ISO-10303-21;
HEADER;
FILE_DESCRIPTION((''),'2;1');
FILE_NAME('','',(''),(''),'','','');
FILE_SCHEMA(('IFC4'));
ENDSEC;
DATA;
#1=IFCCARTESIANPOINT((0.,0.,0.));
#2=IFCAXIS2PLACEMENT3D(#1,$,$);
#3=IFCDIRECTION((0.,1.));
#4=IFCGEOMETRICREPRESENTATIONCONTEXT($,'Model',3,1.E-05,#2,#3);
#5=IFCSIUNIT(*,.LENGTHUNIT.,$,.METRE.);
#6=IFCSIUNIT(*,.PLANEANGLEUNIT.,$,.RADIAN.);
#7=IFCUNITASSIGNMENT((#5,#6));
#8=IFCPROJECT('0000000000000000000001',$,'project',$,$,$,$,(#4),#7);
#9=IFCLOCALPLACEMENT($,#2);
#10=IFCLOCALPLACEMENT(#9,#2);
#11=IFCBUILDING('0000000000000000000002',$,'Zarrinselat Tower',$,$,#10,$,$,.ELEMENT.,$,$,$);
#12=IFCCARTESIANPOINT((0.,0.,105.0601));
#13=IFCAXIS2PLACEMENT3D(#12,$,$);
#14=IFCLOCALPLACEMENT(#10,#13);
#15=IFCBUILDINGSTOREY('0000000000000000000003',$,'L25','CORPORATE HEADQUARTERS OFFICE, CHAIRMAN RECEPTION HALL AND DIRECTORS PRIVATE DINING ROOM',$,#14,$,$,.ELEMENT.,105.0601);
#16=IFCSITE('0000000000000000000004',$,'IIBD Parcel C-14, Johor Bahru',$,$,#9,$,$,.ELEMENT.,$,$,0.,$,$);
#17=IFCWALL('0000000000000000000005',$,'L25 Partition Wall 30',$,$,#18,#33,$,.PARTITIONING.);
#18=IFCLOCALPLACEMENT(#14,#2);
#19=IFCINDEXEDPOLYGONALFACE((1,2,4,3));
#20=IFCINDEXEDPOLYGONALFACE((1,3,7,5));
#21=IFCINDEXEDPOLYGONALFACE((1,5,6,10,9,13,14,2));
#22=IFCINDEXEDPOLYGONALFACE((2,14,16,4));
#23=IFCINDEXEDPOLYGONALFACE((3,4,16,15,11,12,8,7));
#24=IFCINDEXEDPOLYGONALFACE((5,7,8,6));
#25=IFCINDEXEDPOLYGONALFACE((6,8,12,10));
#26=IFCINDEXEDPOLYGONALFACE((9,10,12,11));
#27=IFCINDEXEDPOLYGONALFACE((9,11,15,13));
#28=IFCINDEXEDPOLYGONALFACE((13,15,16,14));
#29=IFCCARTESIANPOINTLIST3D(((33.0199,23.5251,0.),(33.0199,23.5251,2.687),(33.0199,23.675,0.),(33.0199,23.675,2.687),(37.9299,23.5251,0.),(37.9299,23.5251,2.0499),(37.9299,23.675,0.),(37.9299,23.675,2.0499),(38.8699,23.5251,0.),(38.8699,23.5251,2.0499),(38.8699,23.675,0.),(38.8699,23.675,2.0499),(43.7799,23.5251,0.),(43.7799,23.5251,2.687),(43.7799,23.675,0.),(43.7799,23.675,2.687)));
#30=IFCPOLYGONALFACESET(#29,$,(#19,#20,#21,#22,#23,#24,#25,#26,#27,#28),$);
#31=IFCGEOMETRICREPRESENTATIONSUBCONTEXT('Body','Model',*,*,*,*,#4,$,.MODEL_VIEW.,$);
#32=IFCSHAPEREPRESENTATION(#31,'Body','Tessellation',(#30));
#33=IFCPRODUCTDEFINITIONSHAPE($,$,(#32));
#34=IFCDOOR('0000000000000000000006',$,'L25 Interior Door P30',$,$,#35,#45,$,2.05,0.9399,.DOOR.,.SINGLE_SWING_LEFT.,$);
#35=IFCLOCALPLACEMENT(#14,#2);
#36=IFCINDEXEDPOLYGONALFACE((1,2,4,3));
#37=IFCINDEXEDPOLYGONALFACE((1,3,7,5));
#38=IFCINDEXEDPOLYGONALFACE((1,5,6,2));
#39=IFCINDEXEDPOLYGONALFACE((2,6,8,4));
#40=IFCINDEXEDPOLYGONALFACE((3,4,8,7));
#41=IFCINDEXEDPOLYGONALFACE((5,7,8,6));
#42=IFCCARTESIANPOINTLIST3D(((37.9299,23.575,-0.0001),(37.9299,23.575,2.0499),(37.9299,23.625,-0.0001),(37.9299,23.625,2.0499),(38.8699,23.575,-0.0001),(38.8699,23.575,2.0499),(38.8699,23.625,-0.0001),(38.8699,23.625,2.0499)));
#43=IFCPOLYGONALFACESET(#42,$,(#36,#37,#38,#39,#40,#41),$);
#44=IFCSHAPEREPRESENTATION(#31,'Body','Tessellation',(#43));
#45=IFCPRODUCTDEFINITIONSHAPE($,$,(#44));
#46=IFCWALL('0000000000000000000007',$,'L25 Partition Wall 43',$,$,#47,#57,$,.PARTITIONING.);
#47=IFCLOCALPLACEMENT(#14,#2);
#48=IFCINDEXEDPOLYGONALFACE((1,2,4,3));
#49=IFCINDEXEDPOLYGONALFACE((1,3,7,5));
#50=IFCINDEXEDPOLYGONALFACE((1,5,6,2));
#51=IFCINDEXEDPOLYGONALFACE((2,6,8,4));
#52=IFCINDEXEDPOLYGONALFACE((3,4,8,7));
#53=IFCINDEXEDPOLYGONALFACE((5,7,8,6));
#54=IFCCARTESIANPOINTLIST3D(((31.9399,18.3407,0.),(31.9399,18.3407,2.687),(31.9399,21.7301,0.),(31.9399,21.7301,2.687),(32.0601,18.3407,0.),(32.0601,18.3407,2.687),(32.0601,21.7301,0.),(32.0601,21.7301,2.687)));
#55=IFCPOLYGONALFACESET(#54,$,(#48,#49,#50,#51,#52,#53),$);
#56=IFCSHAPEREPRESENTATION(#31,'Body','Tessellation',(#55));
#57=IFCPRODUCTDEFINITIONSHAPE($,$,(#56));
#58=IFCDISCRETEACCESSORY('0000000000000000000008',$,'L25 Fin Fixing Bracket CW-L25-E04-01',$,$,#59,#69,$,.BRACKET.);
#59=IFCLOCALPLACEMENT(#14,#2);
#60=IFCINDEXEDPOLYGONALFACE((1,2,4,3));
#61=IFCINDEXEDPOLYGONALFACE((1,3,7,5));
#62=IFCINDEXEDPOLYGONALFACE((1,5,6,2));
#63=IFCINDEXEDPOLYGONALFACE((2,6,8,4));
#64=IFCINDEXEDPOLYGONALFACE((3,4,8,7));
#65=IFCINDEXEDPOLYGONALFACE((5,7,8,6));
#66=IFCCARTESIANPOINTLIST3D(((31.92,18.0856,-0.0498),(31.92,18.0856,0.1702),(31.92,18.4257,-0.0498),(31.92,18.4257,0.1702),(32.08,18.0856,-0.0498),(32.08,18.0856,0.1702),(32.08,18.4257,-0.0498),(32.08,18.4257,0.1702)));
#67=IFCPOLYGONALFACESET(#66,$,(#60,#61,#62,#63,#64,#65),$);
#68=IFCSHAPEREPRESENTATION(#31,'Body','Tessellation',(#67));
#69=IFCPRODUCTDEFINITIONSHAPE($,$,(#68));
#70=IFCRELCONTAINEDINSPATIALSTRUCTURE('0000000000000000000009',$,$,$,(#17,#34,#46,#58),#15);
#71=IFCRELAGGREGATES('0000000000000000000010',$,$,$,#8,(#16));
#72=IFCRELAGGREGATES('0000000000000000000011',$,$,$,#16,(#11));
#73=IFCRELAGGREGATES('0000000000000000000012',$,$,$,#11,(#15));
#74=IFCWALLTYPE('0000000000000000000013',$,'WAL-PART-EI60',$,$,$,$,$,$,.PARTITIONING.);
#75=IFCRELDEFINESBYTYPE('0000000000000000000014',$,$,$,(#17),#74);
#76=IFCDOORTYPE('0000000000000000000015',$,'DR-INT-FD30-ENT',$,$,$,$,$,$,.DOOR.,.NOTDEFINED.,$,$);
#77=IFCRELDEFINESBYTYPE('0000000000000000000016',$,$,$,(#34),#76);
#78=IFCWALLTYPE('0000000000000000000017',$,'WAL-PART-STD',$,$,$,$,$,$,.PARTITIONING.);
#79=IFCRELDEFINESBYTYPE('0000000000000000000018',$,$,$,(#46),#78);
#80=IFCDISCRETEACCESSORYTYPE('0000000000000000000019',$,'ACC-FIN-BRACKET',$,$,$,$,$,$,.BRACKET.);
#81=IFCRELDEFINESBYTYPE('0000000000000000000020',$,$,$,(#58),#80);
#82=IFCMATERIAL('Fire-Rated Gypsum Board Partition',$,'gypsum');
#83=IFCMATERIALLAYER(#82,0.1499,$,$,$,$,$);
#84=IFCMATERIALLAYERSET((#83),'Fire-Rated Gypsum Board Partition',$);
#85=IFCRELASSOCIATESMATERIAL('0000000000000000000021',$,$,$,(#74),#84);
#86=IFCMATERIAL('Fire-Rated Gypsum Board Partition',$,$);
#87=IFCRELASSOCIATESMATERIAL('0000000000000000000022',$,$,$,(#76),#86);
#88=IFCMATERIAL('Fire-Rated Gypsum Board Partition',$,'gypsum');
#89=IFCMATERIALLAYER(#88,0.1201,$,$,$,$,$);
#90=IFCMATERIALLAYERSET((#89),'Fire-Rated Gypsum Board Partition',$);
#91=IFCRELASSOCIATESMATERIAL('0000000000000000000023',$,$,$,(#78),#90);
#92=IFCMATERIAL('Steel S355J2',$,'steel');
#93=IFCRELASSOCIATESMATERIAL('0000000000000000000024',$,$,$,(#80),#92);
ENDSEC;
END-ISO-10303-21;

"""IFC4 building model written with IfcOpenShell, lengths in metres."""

from ifc_helpers import new_model, si_unit, direction, frame, frame_2d, origin, origin_2d, place, context, subcontext, project, spatial, rectangle, extrude, material, layer, layer_set, type_object, element, fill, save


model = new_model("IFC4")

# Units and contexts
model_context = context("Model", 3, precision=1e-05, world=origin(), true_north=direction((0.0, 1.0)))
body_context = subcontext(model_context, "Body", "Model", "MODEL_VIEW")
ifc_project = project(units=[si_unit("LENGTHUNIT", "METRE"), si_unit("PLANEANGLEUNIT", "RADIAN")], contexts=[model_context])

# Site, building, storey
site_placement = place(None, origin())
site = spatial("IfcSite", under=ifc_project, at=site_placement, Name="IIBD Parcel C-14, Johor Bahru", CompositionType="ELEMENT", RefElevation=0.0)
building_placement = place(site_placement, origin())
building = spatial("IfcBuilding", under=site, at=building_placement, Name="Zarrinselat Tower", CompositionType="ELEMENT")
storey_placement = place(building_placement, frame((0.0, 0.0, 105.0601)))
storey = spatial("IfcBuildingStorey", under=building, at=storey_placement, Name="L25", Description="CORPORATE HEADQUARTERS OFFICE, CHAIRMAN RECEPTION HALL AND DIRECTORS PRIVATE DINING ROOM", CompositionType="ELEMENT", Elevation=105.0601)

# Shared definitions
ifc_material_1 = material(Name="Fire-Rated Gypsum Board Partition", Category="gypsum")
ifc_layer_1 = layer(ifc_material_1, 0.1499)
ifc_layer_set_1 = layer_set([ifc_layer_1], Name="Fire-Rated Gypsum Board Partition")
wall_type_1 = type_object("IfcWallType", Name="WAL-PART-EI60", PredefinedType="PARTITIONING", material=ifc_layer_set_1)
ifc_material_2 = material(Name="Fire-Rated Gypsum Board Partition")
door_type_1 = type_object("IfcDoorType", Name="DR-INT-FD30-ENT", OperationType="NOTDEFINED", PredefinedType="DOOR", material=ifc_material_2)

# Wall, opening, door
wall_1_placement = place(storey_placement, frame((33.02, 23.6001, 0.0), z_axis=(0.0, 0.0, 1.0), x_axis=(1.0, 0.0, 0.0)))
wall_1 = element("IfcWall", 1, at=wall_1_placement, inside=storey, type_object=wall_type_1, Name="L25 Partition Wall 30", PredefinedType="PARTITIONING", context=body_context, shape_type="SweptSolid", body=[
    extrude(rectangle(XDim=10.76, YDim=0.1499, at=frame_2d((5.3799, 0.0))), origin(), (0.0, 0.0, 1.0), 2.687),
])
opening_1_placement = place(wall_1_placement, frame((4.9099, 0.0, 0.0)))
opening_1 = element("IfcOpeningElement", 2, at=opening_1_placement, cuts=wall_1, PredefinedType="OPENING", context=body_context, shape_type="SweptSolid", body=[
    extrude(rectangle(XDim=0.9399, YDim=2.05, at=frame_2d((0.47, 1.0249))), frame((0.0, 0.085, 0.0), z_axis=(0.0, -1.0, 0.0), x_axis=(1.0, 0.0, 0.0)), (0.0, 0.0, 1.0), 0.1699),
])
door_1_placement = place(opening_1_placement, origin())
door_1 = element("IfcDoor", 3, at=door_1_placement, inside=storey, type_object=door_type_1, Name="L25 Interior Door P30", OperationType="SINGLE_SWING_LEFT", OverallHeight=2.05, OverallWidth=0.9399, PredefinedType="DOOR", context=body_context, shape_type="SweptSolid", body=[
    extrude(rectangle(XDim=0.9399, YDim=2.05, at=frame_2d((0.47, 1.0249))), frame((0.0, 0.0249, 0.0), z_axis=(0.0, -1.0, 0.0), x_axis=(1.0, 0.0, 0.0)), (0.0, 0.0, 1.0), 0.05),
])
fill(opening_1, door_1)

# Wall
ifc_material_3 = material(Name="Fire-Rated Gypsum Board Partition", Category="gypsum")
ifc_layer_2 = layer(ifc_material_3, 0.1201)
ifc_layer_set_2 = layer_set([ifc_layer_2], Name="Fire-Rated Gypsum Board Partition")
wall_type_2 = type_object("IfcWallType", Name="WAL-PART-STD", PredefinedType="PARTITIONING", material=ifc_layer_set_2)
wall_2_placement = place(storey_placement, frame((32.0, 18.3406, 0.0), z_axis=(0.0, 0.0, 1.0), x_axis=(0.0, 1.0, 0.0)))
element("IfcWall", 4, at=wall_2_placement, inside=storey, type_object=wall_type_2, Name="L25 Partition Wall 43", PredefinedType="PARTITIONING", context=body_context, shape_type="SweptSolid", body=[
    extrude(rectangle(XDim=3.3894, YDim=0.1201, at=frame_2d((1.6948, 0.0))), origin(), (0.0, 0.0, 1.0), 2.687),
])

# Discrete accessory
ifc_material_4 = material(Name="Steel S355J2", Category="steel")
discrete_accessory_type = type_object("IfcDiscreteAccessoryType", Name="ACC-FIN-BRACKET", PredefinedType="BRACKET", material=ifc_material_4)
discrete_accessory_placement = place(storey_placement, frame((32.0, 18.2556, -0.0498), z_axis=(0.0, 0.0, 1.0), x_axis=(0.0, -1.0, 0.0)))
element("IfcDiscreteAccessory", 5, at=discrete_accessory_placement, inside=storey, type_object=discrete_accessory_type, Name="L25 Fin Fixing Bracket CW-L25-E04-01", PredefinedType="BRACKET", context=body_context, shape_type="SweptSolid", body=[
    extrude(rectangle(XDim=0.3401, YDim=0.1599, at=origin_2d()), origin(), (0.0, 0.0, 1.0), 0.22),
])

save(model, "model.ifc")
